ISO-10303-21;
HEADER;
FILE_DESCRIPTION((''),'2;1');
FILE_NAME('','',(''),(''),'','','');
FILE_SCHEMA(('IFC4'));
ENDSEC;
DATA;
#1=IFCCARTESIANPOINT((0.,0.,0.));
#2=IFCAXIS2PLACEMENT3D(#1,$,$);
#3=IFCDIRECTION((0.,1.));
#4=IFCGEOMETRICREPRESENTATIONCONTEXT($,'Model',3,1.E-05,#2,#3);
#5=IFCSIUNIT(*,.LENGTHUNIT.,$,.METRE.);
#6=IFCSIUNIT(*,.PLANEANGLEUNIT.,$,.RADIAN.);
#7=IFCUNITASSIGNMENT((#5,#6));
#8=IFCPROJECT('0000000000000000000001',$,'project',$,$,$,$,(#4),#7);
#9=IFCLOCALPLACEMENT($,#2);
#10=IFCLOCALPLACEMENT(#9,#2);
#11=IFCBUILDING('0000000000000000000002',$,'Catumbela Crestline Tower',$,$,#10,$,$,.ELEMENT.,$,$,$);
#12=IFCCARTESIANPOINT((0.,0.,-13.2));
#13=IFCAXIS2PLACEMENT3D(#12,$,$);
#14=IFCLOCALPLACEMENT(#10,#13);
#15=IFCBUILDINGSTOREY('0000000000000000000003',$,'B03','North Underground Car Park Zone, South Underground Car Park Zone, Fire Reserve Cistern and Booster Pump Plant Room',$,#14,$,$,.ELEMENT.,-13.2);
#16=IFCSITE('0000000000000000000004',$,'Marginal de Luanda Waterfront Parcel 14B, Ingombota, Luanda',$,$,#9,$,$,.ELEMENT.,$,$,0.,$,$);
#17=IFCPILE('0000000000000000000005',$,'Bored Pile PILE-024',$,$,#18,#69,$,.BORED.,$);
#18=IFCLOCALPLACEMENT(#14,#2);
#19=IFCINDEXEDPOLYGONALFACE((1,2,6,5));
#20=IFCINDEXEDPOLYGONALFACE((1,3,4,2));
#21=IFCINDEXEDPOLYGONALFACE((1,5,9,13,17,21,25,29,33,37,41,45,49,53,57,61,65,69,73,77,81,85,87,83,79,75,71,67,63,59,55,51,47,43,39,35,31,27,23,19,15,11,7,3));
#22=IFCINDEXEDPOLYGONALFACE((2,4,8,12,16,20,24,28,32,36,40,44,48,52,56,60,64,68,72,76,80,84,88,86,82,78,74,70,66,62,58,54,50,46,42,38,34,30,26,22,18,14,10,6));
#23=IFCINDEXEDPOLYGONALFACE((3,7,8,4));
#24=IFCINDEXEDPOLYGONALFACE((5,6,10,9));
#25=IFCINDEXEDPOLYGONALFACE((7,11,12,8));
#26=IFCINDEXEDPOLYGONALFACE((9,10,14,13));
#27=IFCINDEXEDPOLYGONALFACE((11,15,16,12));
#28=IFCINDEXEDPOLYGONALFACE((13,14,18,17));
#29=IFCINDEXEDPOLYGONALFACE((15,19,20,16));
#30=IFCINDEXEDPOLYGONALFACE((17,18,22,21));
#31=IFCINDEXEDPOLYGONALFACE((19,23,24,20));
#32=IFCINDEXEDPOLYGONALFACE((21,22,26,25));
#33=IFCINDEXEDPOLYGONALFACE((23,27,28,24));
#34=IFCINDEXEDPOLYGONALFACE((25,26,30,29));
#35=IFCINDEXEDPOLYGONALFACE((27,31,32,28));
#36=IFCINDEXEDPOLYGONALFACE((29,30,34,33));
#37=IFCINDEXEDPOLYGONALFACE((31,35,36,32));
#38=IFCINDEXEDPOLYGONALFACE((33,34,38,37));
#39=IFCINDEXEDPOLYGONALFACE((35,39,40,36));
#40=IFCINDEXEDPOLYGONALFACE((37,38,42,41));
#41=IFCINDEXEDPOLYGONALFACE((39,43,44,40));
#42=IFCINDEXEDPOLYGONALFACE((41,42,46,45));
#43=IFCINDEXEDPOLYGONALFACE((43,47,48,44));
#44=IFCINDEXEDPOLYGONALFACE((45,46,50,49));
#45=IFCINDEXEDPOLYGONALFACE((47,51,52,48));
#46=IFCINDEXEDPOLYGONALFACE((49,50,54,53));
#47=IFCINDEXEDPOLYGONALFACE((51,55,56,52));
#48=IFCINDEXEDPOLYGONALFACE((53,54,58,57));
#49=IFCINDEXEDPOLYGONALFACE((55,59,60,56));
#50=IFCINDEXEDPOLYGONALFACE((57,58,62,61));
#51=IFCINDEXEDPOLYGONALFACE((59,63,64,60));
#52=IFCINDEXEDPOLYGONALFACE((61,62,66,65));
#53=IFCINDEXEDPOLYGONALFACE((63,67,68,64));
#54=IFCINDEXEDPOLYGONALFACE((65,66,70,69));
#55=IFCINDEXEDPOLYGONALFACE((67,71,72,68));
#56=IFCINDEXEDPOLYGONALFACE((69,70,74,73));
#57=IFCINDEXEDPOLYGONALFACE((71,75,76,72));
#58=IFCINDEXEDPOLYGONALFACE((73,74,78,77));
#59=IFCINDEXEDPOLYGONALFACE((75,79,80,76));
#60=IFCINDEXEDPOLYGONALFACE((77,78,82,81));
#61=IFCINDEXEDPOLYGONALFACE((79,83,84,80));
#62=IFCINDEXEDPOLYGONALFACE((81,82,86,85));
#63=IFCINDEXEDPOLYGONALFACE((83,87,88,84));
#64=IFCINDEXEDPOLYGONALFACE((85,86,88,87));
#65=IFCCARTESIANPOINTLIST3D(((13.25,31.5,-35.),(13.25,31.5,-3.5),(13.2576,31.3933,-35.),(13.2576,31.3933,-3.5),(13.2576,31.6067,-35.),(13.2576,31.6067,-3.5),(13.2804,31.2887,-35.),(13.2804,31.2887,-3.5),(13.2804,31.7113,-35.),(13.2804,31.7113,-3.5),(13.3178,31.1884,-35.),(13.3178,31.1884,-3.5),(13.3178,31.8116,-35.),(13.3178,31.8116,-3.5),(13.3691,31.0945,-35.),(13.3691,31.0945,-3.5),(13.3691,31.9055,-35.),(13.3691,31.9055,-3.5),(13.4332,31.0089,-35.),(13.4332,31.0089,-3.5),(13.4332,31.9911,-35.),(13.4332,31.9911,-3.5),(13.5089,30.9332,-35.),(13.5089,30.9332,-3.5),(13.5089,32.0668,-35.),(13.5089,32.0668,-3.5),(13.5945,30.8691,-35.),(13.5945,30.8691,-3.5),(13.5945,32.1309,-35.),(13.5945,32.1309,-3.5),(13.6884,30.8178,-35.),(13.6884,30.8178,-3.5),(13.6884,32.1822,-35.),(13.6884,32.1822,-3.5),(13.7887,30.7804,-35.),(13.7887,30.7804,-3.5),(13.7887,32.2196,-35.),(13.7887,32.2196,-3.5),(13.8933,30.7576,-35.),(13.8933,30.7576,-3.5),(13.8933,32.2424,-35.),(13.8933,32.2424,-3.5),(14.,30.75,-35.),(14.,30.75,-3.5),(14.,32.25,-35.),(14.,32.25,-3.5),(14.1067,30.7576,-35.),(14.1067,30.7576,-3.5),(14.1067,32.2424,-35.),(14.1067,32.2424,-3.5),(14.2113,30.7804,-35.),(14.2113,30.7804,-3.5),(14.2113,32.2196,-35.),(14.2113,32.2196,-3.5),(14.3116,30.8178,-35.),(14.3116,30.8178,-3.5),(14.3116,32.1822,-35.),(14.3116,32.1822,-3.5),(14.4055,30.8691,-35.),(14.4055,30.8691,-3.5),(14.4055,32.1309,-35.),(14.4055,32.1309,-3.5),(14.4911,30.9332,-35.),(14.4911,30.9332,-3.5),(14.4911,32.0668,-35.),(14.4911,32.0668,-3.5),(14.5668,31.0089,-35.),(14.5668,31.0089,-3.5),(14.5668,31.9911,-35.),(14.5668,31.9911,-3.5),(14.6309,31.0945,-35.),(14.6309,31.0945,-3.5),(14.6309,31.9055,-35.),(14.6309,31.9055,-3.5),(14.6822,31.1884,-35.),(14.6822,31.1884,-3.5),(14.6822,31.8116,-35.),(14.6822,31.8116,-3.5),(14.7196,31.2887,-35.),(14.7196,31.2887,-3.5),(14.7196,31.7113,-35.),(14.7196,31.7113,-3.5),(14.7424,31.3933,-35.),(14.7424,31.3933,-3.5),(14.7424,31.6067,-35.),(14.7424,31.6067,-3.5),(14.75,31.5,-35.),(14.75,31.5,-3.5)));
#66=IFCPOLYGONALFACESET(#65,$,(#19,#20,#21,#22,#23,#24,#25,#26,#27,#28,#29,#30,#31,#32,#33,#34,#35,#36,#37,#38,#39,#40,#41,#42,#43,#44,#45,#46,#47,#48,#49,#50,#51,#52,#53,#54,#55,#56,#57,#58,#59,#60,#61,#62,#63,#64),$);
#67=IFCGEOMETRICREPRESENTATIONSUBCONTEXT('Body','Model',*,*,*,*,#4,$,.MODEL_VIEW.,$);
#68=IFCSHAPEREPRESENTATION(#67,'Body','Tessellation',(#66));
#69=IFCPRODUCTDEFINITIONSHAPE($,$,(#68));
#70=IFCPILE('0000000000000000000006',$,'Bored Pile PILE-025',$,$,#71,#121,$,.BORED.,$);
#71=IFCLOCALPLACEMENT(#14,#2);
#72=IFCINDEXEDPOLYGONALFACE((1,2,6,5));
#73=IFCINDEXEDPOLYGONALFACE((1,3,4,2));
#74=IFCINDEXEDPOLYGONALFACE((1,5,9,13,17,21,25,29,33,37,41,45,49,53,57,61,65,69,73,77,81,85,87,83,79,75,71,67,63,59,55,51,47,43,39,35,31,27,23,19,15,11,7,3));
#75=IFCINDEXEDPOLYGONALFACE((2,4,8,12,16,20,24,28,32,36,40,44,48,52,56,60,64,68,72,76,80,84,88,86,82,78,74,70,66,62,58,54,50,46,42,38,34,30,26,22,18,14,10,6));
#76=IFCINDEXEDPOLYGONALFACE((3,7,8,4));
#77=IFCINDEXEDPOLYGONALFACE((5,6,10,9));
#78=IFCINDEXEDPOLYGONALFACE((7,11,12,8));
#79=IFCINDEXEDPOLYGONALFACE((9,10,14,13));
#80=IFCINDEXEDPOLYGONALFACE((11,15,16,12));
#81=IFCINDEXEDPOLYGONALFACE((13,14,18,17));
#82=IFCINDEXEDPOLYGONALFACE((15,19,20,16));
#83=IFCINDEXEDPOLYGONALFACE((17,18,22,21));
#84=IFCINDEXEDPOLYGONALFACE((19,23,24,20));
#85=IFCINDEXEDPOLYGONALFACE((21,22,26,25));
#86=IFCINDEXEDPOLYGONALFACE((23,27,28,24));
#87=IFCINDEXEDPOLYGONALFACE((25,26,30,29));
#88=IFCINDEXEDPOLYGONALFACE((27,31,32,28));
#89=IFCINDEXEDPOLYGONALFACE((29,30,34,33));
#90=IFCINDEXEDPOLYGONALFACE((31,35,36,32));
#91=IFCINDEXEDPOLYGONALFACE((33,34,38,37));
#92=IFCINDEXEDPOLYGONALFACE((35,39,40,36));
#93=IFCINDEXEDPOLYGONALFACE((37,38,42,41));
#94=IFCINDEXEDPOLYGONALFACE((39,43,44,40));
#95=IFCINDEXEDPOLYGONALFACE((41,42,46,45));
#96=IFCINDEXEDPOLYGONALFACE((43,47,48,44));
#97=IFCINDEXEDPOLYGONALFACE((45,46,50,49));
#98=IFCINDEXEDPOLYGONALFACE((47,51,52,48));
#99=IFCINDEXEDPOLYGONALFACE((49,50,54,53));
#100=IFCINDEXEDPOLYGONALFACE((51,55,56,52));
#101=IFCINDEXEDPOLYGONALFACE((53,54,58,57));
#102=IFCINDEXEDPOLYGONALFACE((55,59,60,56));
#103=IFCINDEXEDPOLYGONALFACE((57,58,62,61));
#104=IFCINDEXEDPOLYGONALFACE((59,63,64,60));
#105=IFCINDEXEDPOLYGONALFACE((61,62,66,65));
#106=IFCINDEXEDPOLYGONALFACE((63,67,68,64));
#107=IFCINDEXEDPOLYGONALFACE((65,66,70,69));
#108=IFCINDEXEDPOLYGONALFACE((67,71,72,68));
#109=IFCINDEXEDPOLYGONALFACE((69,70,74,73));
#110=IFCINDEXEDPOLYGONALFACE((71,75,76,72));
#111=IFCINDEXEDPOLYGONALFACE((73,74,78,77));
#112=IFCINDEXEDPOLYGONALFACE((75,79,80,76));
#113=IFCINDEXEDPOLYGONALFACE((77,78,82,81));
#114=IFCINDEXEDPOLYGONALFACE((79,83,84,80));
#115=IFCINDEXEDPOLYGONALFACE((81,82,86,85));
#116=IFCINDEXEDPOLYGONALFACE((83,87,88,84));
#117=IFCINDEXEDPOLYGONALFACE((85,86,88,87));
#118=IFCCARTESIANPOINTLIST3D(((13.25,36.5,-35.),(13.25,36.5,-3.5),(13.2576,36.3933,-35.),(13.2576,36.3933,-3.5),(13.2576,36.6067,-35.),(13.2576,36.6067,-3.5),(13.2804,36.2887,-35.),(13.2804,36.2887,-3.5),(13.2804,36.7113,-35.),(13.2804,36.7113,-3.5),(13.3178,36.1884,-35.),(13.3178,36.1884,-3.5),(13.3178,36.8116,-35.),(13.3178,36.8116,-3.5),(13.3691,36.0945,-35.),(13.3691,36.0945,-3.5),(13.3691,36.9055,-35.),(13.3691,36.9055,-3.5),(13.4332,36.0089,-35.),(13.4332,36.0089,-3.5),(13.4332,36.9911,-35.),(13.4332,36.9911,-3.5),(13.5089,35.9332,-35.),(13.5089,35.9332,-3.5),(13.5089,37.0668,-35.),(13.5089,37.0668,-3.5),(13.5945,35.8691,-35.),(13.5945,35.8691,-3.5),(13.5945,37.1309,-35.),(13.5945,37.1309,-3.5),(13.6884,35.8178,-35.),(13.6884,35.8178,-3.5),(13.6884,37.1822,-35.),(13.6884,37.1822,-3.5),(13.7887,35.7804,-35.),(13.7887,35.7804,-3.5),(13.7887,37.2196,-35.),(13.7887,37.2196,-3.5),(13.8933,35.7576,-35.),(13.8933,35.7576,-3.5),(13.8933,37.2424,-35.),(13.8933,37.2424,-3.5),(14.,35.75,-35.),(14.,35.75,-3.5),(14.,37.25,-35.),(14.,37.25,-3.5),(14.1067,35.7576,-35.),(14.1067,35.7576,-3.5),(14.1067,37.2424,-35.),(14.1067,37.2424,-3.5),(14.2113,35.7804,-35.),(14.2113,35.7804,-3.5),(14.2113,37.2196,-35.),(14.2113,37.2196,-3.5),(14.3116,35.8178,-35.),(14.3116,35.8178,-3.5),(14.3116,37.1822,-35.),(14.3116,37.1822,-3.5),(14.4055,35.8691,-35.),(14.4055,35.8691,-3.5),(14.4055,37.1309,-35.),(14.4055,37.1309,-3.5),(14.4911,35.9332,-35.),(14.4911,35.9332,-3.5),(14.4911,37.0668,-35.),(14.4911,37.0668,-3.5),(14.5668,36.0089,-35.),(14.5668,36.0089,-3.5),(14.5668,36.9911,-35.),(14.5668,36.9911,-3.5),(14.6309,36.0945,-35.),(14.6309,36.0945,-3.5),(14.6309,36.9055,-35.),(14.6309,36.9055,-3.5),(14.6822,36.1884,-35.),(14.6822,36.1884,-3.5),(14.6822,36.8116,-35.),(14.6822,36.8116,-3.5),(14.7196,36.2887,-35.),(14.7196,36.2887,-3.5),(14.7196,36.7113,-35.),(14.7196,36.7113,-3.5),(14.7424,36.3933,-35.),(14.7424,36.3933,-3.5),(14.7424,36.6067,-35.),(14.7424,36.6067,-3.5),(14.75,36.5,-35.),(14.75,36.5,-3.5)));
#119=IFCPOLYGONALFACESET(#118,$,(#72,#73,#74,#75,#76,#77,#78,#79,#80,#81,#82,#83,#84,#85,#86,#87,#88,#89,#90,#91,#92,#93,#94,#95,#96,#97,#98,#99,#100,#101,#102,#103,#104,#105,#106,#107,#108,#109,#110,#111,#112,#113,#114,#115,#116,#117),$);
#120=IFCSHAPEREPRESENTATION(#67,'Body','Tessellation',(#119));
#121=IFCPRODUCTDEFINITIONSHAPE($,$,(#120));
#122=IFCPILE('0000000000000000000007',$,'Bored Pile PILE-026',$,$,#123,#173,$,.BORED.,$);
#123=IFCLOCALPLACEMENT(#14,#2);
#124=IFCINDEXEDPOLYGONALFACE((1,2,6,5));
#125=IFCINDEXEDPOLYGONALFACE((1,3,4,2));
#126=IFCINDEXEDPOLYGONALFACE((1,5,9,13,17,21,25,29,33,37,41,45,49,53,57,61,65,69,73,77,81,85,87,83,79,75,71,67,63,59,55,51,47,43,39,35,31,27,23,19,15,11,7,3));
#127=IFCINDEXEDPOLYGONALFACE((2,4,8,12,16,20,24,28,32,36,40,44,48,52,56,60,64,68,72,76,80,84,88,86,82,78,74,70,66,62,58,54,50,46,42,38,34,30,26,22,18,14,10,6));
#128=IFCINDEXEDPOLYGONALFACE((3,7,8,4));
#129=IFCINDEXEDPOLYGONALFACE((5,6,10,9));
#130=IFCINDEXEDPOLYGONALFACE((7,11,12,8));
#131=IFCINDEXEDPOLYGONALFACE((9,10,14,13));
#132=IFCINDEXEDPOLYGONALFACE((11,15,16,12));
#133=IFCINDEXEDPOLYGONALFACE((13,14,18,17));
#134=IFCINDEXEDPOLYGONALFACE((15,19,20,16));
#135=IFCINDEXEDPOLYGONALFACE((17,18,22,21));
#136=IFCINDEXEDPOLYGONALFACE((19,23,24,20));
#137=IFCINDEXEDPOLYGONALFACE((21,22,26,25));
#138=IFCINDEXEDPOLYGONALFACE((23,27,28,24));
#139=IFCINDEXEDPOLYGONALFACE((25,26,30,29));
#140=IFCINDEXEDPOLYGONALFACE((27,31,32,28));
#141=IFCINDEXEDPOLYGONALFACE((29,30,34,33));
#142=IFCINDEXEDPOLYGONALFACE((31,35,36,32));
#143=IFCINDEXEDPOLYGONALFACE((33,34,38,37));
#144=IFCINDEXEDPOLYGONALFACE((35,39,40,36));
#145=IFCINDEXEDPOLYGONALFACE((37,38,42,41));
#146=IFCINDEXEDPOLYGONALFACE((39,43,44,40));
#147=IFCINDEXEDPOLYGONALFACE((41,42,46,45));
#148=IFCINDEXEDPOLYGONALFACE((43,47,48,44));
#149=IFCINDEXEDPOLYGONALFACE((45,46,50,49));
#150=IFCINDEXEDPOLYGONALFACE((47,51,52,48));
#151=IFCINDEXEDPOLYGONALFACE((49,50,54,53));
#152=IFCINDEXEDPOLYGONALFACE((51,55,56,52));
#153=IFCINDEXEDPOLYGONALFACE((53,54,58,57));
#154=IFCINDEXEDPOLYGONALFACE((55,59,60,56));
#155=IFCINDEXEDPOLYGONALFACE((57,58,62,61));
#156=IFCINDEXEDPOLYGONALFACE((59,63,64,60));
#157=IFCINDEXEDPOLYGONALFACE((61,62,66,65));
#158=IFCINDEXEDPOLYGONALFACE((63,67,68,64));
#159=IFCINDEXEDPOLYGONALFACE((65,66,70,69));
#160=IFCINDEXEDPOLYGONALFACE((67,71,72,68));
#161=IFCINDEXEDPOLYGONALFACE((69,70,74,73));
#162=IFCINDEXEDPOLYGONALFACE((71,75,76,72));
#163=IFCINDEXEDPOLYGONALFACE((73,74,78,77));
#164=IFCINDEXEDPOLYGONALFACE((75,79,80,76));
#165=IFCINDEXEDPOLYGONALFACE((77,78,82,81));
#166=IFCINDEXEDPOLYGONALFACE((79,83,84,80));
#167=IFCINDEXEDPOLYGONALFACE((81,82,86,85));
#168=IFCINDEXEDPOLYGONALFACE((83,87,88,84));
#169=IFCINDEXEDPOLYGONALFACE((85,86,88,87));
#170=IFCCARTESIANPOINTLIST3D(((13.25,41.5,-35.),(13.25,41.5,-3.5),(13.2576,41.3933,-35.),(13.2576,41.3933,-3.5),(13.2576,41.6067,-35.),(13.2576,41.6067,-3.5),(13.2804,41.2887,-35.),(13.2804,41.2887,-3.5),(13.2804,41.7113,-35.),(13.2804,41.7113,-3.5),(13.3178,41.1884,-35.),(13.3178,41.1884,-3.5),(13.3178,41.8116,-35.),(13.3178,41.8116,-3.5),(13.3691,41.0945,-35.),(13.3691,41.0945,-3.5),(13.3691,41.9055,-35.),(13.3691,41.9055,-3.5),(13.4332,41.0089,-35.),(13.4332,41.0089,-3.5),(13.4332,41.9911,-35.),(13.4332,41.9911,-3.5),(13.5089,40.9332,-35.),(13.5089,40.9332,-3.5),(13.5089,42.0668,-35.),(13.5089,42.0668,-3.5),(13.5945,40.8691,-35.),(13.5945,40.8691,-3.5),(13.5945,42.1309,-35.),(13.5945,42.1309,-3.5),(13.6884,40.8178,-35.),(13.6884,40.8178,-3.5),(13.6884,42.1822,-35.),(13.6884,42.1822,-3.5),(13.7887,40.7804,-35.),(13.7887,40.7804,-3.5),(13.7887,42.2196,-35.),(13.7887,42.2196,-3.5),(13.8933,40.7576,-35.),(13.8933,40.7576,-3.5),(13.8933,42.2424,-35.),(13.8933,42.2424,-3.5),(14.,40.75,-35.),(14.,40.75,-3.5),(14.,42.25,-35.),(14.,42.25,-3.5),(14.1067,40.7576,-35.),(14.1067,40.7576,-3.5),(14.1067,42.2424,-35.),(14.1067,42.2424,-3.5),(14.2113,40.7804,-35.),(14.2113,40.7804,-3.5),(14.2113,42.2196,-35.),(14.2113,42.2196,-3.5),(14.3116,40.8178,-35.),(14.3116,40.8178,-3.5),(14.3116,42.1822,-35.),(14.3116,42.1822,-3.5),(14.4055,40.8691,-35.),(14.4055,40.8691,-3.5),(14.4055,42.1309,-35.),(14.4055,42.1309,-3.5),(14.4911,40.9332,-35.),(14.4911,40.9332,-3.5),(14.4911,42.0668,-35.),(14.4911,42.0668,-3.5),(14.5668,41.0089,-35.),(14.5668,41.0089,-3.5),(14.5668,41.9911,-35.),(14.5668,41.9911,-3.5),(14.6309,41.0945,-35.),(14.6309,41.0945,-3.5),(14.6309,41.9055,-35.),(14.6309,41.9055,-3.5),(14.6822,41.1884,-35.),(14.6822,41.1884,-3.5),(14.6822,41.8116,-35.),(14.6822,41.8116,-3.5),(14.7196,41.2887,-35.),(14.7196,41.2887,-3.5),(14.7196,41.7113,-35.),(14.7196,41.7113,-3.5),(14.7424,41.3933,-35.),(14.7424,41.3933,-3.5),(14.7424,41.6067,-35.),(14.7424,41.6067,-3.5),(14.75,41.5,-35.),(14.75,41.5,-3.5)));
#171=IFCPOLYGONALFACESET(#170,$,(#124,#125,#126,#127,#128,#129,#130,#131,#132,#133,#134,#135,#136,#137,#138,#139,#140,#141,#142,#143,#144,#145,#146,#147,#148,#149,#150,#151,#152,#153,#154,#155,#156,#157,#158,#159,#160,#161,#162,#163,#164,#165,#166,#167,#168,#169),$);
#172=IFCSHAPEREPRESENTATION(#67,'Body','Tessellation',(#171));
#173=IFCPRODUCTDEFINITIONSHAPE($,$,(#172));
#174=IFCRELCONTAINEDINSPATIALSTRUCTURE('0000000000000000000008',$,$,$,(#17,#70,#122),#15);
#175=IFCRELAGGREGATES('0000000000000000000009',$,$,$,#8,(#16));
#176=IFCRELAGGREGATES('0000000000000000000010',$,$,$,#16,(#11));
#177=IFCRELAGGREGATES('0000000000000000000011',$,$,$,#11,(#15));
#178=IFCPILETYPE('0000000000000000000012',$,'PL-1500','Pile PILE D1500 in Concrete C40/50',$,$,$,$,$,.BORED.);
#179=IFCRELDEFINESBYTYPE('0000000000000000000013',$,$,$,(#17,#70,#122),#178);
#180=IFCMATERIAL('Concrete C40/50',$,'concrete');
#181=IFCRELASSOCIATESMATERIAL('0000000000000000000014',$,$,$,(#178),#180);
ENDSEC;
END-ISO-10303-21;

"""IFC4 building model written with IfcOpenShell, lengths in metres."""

from ifc_helpers import new_model, si_unit, direction, frame, origin, origin_2d, place, context, subcontext, project, spatial, circle, extrude, material, material_profile, profile_set, type_object, element, save


model = new_model("IFC4")

# Units and contexts
model_context = context("Model", 3, precision=1e-05, world=origin(), true_north=direction((0.0, 1.0)))
body_context = subcontext(model_context, "Body", "Model", "MODEL_VIEW")
ifc_project = project(units=[si_unit("LENGTHUNIT", "METRE"), si_unit("PLANEANGLEUNIT", "RADIAN")], contexts=[model_context])

# Site, building, storey
site_placement = place(None, origin())
site = spatial("IfcSite", under=ifc_project, at=site_placement, Name="Marginal de Luanda Waterfront Parcel 14B, Ingombota, Luanda", CompositionType="ELEMENT", RefElevation=0.0)
building_placement = place(site_placement, origin())
building = spatial("IfcBuilding", under=site, at=building_placement, Name="Catumbela Crestline Tower", CompositionType="ELEMENT")
storey_placement = place(building_placement, frame((0.0, 0.0, -13.2)))
storey = spatial("IfcBuildingStorey", under=building, at=storey_placement, Name="B03", Description="North Underground Car Park Zone, South Underground Car Park Zone, Fire Reserve Cistern and Booster Pump Plant Room", CompositionType="ELEMENT", Elevation=-13.2)

# Piles
ifc_material_1 = material(Name="Concrete C40/50", Category="concrete")
ifc_material_profile_1 = material_profile(ifc_material_1, circle(Radius=0.75, at=origin_2d()), Name="PILE D1500")
ifc_profile_set_1 = profile_set([ifc_material_profile_1], Name="Concrete C40/50")
pile_type_1 = type_object("IfcPileType", Name="PL-1500", Description="Pile PILE D1500 in Concrete C40/50", PredefinedType="BORED", material=ifc_profile_set_1)
for number, where, z_axis, x_axis, name in (
    (1, (14.0, 31.5, -3.5), (0.0, 0.0, -1.0), (1.0, 0.0, 0.0), "Bored Pile PILE-024"),
    (2, (14.0, 36.5, -3.5), (0.0, 0.0, -1.0), (1.0, 0.0, 0.0), "Bored Pile PILE-025"),
    (3, (14.0, 41.5, -3.5), (0.0, 0.0, -1.0), (1.0, 0.0, 0.0), "Bored Pile PILE-026"),
):
    element("IfcPile", number, at=place(storey_placement, frame(where, z_axis=z_axis, x_axis=x_axis)), inside=storey, type_object=pile_type_1, Name=name, PredefinedType="BORED", context=body_context, shape_type="SweptSolid", body=[
        extrude(circle(Radius=0.75, at=origin_2d()), origin(), (0.0, 0.0, 1.0), 31.5),
    ])

save(model, "model.ifc")
